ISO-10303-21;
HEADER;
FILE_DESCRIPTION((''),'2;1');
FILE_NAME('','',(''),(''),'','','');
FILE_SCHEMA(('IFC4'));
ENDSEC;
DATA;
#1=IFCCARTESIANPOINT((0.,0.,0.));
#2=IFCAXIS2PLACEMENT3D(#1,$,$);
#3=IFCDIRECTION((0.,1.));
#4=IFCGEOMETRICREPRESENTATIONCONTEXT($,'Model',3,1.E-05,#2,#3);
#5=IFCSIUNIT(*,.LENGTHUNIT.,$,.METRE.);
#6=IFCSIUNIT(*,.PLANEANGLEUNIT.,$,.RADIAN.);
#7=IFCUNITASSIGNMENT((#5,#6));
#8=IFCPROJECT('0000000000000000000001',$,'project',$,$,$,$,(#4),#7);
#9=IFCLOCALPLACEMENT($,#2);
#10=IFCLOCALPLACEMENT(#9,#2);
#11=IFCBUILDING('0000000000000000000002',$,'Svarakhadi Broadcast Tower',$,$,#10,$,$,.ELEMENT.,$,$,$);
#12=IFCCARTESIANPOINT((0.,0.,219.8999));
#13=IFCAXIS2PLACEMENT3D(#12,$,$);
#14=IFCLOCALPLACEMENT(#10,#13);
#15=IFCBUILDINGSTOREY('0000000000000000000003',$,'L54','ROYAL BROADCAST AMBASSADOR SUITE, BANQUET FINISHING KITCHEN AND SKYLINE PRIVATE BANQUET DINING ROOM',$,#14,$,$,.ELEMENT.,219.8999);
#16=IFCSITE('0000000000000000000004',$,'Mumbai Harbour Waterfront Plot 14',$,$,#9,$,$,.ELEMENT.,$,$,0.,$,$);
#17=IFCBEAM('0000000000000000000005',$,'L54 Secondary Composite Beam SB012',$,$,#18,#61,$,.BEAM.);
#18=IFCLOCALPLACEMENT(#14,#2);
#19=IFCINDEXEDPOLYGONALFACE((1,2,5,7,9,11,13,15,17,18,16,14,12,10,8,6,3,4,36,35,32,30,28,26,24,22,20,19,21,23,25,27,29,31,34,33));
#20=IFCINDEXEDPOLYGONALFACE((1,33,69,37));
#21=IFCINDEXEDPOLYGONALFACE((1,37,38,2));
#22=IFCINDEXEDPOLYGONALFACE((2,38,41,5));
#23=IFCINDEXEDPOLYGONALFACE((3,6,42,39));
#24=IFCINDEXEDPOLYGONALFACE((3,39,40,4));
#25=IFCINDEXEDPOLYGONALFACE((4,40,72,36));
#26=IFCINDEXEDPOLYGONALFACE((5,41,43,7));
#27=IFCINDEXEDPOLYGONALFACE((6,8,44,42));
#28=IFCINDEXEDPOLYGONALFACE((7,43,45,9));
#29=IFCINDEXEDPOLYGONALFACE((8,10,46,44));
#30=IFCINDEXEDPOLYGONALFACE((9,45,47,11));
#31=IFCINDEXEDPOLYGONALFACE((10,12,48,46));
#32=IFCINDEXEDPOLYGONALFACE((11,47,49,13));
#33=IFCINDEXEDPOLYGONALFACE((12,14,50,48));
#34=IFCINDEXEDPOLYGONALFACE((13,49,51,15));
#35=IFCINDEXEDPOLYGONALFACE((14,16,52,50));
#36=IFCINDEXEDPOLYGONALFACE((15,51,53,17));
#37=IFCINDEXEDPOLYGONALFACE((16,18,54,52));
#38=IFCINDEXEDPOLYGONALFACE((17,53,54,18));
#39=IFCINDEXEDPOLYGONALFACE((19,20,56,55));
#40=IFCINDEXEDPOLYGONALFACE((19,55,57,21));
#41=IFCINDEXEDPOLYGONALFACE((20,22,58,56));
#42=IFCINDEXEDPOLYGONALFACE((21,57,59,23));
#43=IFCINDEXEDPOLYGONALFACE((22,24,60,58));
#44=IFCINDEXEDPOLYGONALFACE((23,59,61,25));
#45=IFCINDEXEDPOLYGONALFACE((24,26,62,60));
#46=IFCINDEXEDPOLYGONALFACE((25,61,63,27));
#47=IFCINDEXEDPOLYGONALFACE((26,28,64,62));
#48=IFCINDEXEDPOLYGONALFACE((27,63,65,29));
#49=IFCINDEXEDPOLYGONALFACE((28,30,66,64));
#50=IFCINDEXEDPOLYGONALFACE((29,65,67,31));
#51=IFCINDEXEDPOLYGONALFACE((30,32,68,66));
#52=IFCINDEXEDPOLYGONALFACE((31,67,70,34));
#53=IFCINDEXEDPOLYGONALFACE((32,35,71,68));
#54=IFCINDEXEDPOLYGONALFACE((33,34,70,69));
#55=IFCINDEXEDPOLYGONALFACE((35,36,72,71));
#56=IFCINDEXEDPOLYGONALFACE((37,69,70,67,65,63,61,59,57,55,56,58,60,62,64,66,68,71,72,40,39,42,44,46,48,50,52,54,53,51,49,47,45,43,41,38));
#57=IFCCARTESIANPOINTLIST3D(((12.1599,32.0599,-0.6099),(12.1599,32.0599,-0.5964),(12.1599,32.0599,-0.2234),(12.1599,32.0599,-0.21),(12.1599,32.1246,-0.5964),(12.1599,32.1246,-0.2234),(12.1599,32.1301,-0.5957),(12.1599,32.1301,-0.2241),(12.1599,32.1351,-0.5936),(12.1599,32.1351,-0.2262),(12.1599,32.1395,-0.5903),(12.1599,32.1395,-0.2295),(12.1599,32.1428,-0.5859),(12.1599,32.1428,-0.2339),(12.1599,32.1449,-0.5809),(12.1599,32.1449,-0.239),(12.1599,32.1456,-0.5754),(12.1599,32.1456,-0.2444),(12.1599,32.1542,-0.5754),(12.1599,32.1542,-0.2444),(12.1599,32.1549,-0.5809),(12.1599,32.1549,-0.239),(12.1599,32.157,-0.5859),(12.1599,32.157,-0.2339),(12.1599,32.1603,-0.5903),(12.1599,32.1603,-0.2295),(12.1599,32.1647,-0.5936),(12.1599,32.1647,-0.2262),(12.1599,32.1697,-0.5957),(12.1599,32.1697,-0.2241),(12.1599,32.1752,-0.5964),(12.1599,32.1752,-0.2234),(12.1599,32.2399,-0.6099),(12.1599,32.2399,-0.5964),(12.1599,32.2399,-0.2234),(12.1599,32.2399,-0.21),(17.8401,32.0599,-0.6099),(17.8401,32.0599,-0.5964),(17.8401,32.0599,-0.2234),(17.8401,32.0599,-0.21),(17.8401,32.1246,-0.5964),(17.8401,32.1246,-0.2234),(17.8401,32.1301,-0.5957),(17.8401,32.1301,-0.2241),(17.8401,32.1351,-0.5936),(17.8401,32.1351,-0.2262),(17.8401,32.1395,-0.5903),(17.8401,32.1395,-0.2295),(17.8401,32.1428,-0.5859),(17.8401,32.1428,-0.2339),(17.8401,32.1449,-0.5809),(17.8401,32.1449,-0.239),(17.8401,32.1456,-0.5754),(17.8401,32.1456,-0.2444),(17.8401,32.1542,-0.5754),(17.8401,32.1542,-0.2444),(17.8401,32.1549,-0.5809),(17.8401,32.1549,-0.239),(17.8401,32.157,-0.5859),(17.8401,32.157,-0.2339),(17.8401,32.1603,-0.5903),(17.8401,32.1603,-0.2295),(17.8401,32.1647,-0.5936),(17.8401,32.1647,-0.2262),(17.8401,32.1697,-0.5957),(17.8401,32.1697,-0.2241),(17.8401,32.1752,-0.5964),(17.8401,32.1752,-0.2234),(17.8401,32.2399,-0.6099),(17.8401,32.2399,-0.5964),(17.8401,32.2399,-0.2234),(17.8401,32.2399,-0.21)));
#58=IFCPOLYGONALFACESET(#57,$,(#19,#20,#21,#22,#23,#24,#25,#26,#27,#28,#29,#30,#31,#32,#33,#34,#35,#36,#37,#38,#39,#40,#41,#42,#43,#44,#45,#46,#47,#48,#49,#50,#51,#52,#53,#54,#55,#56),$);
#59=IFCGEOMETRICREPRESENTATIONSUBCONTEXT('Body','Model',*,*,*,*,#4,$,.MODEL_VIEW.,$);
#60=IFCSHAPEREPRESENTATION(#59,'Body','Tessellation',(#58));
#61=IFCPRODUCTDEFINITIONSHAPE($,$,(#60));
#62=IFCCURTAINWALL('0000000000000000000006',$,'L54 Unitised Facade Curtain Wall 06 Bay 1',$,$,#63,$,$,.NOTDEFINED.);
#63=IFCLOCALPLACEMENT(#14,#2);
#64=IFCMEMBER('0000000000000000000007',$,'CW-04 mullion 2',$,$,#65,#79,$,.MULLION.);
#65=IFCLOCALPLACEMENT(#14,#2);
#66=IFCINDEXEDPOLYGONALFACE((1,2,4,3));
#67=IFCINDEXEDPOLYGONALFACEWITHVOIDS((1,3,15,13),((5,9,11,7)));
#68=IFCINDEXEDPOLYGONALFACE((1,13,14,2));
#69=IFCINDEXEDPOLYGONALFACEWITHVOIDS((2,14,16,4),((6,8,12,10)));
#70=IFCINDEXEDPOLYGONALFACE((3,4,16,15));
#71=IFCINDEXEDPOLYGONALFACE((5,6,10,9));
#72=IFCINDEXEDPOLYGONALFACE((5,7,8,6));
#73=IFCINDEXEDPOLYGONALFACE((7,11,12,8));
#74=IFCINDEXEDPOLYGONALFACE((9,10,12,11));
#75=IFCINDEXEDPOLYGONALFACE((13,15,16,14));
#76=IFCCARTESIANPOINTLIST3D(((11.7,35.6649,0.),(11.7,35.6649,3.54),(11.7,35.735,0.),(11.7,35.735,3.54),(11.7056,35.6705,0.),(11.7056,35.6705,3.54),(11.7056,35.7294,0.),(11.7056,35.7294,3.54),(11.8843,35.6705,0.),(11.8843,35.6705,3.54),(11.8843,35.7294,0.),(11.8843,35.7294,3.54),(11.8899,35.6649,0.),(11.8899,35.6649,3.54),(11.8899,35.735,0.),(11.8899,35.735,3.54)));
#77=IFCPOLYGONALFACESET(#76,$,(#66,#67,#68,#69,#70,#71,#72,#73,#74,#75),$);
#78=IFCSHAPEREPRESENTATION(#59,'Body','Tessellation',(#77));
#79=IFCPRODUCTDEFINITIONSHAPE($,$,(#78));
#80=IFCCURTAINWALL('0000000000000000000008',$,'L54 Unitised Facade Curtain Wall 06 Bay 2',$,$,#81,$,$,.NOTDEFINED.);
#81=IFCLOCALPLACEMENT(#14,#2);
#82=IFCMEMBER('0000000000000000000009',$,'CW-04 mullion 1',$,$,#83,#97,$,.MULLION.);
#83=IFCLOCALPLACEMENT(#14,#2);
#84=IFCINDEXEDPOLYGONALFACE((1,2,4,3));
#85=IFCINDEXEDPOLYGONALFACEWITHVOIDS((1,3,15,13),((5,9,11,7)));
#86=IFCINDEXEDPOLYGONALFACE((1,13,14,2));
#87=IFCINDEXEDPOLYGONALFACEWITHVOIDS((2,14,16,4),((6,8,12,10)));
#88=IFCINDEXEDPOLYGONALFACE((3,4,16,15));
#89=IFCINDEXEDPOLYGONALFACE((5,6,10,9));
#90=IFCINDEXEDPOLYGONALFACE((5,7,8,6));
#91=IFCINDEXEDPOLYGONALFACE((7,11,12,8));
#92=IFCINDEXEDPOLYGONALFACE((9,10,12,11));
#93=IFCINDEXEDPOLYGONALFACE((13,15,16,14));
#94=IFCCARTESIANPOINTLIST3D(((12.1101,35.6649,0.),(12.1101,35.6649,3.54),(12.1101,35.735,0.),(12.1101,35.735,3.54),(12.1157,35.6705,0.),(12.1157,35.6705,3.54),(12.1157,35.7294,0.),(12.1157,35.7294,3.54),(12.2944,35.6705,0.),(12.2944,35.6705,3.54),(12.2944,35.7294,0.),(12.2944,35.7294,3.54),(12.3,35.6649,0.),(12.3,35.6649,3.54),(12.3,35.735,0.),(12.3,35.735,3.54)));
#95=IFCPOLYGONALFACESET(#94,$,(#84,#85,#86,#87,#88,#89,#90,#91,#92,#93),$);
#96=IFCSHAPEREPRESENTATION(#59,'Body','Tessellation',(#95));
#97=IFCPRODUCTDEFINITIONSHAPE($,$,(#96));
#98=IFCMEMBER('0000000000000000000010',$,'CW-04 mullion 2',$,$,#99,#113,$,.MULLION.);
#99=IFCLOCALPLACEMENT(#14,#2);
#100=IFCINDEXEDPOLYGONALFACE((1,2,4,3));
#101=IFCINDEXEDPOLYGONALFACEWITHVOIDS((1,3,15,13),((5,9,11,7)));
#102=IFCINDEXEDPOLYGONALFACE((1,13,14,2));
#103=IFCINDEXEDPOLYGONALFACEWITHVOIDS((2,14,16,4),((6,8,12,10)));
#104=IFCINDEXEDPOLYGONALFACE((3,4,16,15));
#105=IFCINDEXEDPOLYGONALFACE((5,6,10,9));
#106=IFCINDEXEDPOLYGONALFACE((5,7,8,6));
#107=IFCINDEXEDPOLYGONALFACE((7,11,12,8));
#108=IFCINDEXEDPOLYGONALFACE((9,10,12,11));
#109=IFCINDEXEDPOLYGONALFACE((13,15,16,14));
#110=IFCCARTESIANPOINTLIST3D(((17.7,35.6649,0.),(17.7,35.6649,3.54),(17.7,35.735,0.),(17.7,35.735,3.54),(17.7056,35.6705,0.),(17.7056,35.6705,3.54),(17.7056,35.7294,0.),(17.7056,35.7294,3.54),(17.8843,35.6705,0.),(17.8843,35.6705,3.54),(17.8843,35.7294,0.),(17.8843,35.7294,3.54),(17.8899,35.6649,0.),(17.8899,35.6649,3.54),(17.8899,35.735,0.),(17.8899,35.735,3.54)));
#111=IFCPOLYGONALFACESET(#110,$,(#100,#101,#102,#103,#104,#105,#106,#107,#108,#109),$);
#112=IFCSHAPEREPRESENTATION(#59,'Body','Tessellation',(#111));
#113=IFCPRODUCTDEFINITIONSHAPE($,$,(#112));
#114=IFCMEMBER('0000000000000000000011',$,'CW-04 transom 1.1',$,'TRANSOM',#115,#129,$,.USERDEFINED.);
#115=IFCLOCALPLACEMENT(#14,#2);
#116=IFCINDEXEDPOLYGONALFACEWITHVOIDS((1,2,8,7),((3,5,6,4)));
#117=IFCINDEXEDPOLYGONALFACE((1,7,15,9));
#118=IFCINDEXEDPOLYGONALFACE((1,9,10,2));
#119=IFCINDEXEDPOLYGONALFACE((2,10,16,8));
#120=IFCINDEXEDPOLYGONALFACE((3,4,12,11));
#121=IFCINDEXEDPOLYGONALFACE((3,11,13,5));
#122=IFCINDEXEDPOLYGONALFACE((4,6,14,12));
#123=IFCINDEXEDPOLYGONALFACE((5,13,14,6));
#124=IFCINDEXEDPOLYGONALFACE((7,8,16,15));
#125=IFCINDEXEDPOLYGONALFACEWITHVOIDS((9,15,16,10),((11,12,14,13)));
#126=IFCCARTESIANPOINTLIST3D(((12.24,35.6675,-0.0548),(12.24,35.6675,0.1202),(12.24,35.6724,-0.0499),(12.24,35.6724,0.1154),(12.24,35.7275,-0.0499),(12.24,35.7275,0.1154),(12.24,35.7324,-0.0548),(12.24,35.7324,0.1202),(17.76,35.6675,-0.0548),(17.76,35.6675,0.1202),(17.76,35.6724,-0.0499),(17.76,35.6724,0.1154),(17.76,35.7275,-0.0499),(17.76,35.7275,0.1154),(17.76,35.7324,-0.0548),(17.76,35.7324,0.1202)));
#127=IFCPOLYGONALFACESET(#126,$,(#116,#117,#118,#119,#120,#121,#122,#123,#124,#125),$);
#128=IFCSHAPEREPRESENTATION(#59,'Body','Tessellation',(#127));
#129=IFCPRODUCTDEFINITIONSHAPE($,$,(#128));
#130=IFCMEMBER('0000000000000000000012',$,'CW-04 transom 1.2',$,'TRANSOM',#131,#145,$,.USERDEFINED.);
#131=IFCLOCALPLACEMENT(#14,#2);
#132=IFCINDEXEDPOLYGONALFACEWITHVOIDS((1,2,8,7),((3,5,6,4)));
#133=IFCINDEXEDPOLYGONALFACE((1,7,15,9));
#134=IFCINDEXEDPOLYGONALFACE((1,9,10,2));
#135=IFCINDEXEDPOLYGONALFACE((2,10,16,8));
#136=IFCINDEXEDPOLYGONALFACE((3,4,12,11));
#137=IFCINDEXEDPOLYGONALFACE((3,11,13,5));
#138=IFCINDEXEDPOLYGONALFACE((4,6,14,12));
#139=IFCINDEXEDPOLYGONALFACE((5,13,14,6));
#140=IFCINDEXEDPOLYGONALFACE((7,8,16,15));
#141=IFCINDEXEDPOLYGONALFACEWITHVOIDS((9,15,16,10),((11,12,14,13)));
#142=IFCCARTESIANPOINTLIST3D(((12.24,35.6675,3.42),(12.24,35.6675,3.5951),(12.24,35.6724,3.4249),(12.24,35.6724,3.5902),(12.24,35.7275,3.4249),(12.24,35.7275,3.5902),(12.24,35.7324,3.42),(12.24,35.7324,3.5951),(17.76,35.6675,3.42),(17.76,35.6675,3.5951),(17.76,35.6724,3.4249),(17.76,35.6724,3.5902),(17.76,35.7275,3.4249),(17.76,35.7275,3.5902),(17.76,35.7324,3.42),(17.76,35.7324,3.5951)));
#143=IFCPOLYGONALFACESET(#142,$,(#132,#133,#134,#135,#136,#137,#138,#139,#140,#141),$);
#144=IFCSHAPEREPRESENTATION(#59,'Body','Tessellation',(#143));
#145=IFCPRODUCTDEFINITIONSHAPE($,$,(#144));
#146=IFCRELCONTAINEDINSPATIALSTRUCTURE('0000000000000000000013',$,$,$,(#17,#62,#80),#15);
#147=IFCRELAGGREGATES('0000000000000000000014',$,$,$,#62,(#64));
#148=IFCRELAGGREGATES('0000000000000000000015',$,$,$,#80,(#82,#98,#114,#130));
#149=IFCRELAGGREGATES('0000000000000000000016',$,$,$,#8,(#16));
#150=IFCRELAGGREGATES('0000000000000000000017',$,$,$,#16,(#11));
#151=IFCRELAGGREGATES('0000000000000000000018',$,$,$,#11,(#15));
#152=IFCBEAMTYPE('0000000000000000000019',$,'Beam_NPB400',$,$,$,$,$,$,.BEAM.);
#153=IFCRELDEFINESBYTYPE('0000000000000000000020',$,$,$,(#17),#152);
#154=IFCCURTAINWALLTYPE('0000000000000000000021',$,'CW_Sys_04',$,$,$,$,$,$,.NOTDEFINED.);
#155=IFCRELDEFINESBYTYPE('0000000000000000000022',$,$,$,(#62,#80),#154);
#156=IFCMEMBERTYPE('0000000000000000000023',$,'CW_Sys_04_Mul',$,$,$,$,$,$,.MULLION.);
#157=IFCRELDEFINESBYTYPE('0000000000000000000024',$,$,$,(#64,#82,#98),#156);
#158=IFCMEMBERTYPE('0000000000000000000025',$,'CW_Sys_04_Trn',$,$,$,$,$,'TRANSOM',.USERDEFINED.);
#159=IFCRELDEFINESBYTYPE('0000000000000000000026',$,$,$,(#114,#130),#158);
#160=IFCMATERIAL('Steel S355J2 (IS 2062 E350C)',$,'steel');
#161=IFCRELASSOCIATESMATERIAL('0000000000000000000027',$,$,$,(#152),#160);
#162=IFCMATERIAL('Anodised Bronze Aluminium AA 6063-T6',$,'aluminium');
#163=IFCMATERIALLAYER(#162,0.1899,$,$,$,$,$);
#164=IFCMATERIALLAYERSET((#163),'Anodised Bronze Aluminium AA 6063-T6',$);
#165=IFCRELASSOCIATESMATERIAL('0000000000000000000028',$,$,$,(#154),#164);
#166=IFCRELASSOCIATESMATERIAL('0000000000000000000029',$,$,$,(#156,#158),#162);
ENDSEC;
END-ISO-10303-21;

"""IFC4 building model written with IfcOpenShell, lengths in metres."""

from ifc_helpers import new_model, si_unit, direction, frame, origin, origin_2d, place, context, subcontext, project, spatial, hollow_rectangle, i_section, extrude, material, layer, layer_set, material_profile, profile_set, type_object, element, aggregate, save


model = new_model("IFC4")

# Units and contexts
model_context = context("Model", 3, precision=1e-05, world=origin(), true_north=direction((0.0, 1.0)))
body_context = subcontext(model_context, "Body", "Model", "MODEL_VIEW")
ifc_project = project(units=[si_unit("LENGTHUNIT", "METRE"), si_unit("PLANEANGLEUNIT", "RADIAN")], contexts=[model_context])

# Site, building, storey
site_placement = place(None, origin())
site = spatial("IfcSite", under=ifc_project, at=site_placement, Name="Mumbai Harbour Waterfront Plot 14", CompositionType="ELEMENT", RefElevation=0.0)
building_placement = place(site_placement, origin())
building = spatial("IfcBuilding", under=site, at=building_placement, Name="Svarakhadi Broadcast Tower", CompositionType="ELEMENT")
storey_placement = place(building_placement, frame((0.0, 0.0, 219.8999)))
storey = spatial("IfcBuildingStorey", under=building, at=storey_placement, Name="L54", Description="ROYAL BROADCAST AMBASSADOR SUITE, BANQUET FINISHING KITCHEN AND SKYLINE PRIVATE BANQUET DINING ROOM", CompositionType="ELEMENT", Elevation=219.8999)

# Beam
ifc_material_1 = material(Name="Steel S355J2 (IS 2062 E350C)", Category="steel")
ifc_material_profile_1 = material_profile(ifc_material_1, i_section(OverallWidth=0.1799, OverallDepth=0.3999, WebThickness=0.0085, FlangeThickness=0.0134, FilletRadius=0.021, at=origin_2d()), Name="NPB 400x180x66")
ifc_profile_set_1 = profile_set([ifc_material_profile_1], Name="Steel S355J2 (IS 2062 E350C)")
beam_type_1 = type_object("IfcBeamType", Name="Beam_NPB400", PredefinedType="BEAM", material=ifc_profile_set_1)
for number, where, z_axis, x_axis, name in (
    (1, (12.1599, 32.1499, -0.4099), (1.0, 0.0, 0.0), (0.0, 1.0, 0.0), "L54 Secondary Composite Beam SB012"),
):
    element("IfcBeam", number, at=place(storey_placement, frame(where, z_axis=z_axis, x_axis=x_axis)), inside=storey, type_object=beam_type_1, Name=name, PredefinedType="BEAM", context=body_context, shape_type="SweptSolid", body=[
        extrude(i_section(OverallWidth=0.1799, OverallDepth=0.3999, WebThickness=0.0085, FlangeThickness=0.0134, FilletRadius=0.021, at=origin_2d()), origin(), (0.0, 0.0, 1.0), 5.6802),
    ])

# Curtain wall, member
ifc_material_2 = material(Name="Anodised Bronze Aluminium AA 6063-T6", Category="aluminium")
ifc_layer_1 = layer(ifc_material_2, 0.1899)
ifc_layer_set_1 = layer_set([ifc_layer_1], Name="Anodised Bronze Aluminium AA 6063-T6")
curtain_wall_type = type_object("IfcCurtainWallType", Name="CW_Sys_04", PredefinedType="NOTDEFINED", material=ifc_layer_set_1)
curtain_wall_1_placement = place(storey_placement, origin())
curtain_wall_1 = element("IfcCurtainWall", 2, at=curtain_wall_1_placement, inside=storey, type_object=curtain_wall_type, Name="L54 Unitised Facade Curtain Wall 06 Bay 1", PredefinedType="NOTDEFINED")
ifc_material_profile_2 = material_profile(ifc_material_2, hollow_rectangle(XDim=0.0701, YDim=0.1899, WallThickness=0.0056, at=origin_2d()), Name="ALU MULLION 190x70x6")
ifc_profile_set_2 = profile_set([ifc_material_profile_2], Name="Anodised Bronze Aluminium AA 6063-T6")
member_type_1 = type_object("IfcMemberType", Name="CW_Sys_04_Mul", PredefinedType="MULLION", material=ifc_profile_set_2)
member_1_placement = place(storey_placement, frame((11.7949, 35.7, 0.0), z_axis=(0.0, 0.0, 1.0), x_axis=(0.0, 1.0, 0.0)))
member_1 = element("IfcMember", 3, at=member_1_placement, type_object=member_type_1, Name="CW-04 mullion 2", PredefinedType="MULLION", context=body_context, shape_type="SweptSolid", body=[
    extrude(hollow_rectangle(XDim=0.0701, YDim=0.1899, WallThickness=0.0056, at=origin_2d()), origin(), (0.0, 0.0, 1.0), 3.54),
])

# Curtain wall, members
curtain_wall_2_placement = place(storey_placement, origin())
curtain_wall_2 = element("IfcCurtainWall", 4, at=curtain_wall_2_placement, inside=storey, type_object=curtain_wall_type, Name="L54 Unitised Facade Curtain Wall 06 Bay 2", PredefinedType="NOTDEFINED")
member_2_placement = place(storey_placement, frame((12.2051, 35.7, 0.0), z_axis=(0.0, 0.0, 1.0), x_axis=(0.0, 1.0, 0.0)))
member_2 = element("IfcMember", 5, at=member_2_placement, type_object=member_type_1, Name="CW-04 mullion 1", PredefinedType="MULLION", context=body_context, shape_type="SweptSolid", body=[
    extrude(hollow_rectangle(XDim=0.0701, YDim=0.1899, WallThickness=0.0056, at=origin_2d()), origin(), (0.0, 0.0, 1.0), 3.54),
])
member_3_placement = place(storey_placement, frame((17.7949, 35.7, 0.0), z_axis=(0.0, 0.0, 1.0), x_axis=(0.0, 1.0, 0.0)))
member_3 = element("IfcMember", 6, at=member_3_placement, type_object=member_type_1, Name="CW-04 mullion 2", PredefinedType="MULLION", context=body_context, shape_type="SweptSolid", body=[
    extrude(hollow_rectangle(XDim=0.0701, YDim=0.1899, WallThickness=0.0056, at=origin_2d()), origin(), (0.0, 0.0, 1.0), 3.54),
])
ifc_material_profile_3 = material_profile(ifc_material_2, hollow_rectangle(XDim=0.0649, YDim=0.175, WallThickness=0.0049, at=origin_2d()), Name="ALU TRANSOM 175x65x5")
ifc_profile_set_3 = profile_set([ifc_material_profile_3], Name="Anodised Bronze Aluminium AA 6063-T6")
member_type_2 = type_object("IfcMemberType", Name="CW_Sys_04_Trn", ElementType="TRANSOM", PredefinedType="USERDEFINED", material=ifc_profile_set_3)
member_4_placement = place(storey_placement, frame((12.24, 35.7, 0.0327), z_axis=(1.0, 0.0, 0.0), x_axis=(0.0, 1.0, 0.0)))
member_4 = element("IfcMember", 7, at=member_4_placement, type_object=member_type_2, Name="CW-04 transom 1.1", ObjectType="TRANSOM", PredefinedType="USERDEFINED", context=body_context, shape_type="SweptSolid", body=[
    extrude(hollow_rectangle(XDim=0.0649, YDim=0.175, WallThickness=0.0049, at=origin_2d()), origin(), (0.0, 0.0, 1.0), 5.52),
])
member_5_placement = place(storey_placement, frame((12.24, 35.7, 3.5076), z_axis=(1.0, 0.0, 0.0), x_axis=(0.0, 1.0, 0.0)))
member_5 = element("IfcMember", 8, at=member_5_placement, type_object=member_type_2, Name="CW-04 transom 1.2", ObjectType="TRANSOM", PredefinedType="USERDEFINED", context=body_context, shape_type="SweptSolid", body=[
    extrude(hollow_rectangle(XDim=0.0649, YDim=0.175, WallThickness=0.0049, at=origin_2d()), origin(), (0.0, 0.0, 1.0), 5.52),
])

aggregate(curtain_wall_1, [member_1])
aggregate(curtain_wall_2, [member_2, member_3, member_4, member_5])

save(model, "model.ifc")
